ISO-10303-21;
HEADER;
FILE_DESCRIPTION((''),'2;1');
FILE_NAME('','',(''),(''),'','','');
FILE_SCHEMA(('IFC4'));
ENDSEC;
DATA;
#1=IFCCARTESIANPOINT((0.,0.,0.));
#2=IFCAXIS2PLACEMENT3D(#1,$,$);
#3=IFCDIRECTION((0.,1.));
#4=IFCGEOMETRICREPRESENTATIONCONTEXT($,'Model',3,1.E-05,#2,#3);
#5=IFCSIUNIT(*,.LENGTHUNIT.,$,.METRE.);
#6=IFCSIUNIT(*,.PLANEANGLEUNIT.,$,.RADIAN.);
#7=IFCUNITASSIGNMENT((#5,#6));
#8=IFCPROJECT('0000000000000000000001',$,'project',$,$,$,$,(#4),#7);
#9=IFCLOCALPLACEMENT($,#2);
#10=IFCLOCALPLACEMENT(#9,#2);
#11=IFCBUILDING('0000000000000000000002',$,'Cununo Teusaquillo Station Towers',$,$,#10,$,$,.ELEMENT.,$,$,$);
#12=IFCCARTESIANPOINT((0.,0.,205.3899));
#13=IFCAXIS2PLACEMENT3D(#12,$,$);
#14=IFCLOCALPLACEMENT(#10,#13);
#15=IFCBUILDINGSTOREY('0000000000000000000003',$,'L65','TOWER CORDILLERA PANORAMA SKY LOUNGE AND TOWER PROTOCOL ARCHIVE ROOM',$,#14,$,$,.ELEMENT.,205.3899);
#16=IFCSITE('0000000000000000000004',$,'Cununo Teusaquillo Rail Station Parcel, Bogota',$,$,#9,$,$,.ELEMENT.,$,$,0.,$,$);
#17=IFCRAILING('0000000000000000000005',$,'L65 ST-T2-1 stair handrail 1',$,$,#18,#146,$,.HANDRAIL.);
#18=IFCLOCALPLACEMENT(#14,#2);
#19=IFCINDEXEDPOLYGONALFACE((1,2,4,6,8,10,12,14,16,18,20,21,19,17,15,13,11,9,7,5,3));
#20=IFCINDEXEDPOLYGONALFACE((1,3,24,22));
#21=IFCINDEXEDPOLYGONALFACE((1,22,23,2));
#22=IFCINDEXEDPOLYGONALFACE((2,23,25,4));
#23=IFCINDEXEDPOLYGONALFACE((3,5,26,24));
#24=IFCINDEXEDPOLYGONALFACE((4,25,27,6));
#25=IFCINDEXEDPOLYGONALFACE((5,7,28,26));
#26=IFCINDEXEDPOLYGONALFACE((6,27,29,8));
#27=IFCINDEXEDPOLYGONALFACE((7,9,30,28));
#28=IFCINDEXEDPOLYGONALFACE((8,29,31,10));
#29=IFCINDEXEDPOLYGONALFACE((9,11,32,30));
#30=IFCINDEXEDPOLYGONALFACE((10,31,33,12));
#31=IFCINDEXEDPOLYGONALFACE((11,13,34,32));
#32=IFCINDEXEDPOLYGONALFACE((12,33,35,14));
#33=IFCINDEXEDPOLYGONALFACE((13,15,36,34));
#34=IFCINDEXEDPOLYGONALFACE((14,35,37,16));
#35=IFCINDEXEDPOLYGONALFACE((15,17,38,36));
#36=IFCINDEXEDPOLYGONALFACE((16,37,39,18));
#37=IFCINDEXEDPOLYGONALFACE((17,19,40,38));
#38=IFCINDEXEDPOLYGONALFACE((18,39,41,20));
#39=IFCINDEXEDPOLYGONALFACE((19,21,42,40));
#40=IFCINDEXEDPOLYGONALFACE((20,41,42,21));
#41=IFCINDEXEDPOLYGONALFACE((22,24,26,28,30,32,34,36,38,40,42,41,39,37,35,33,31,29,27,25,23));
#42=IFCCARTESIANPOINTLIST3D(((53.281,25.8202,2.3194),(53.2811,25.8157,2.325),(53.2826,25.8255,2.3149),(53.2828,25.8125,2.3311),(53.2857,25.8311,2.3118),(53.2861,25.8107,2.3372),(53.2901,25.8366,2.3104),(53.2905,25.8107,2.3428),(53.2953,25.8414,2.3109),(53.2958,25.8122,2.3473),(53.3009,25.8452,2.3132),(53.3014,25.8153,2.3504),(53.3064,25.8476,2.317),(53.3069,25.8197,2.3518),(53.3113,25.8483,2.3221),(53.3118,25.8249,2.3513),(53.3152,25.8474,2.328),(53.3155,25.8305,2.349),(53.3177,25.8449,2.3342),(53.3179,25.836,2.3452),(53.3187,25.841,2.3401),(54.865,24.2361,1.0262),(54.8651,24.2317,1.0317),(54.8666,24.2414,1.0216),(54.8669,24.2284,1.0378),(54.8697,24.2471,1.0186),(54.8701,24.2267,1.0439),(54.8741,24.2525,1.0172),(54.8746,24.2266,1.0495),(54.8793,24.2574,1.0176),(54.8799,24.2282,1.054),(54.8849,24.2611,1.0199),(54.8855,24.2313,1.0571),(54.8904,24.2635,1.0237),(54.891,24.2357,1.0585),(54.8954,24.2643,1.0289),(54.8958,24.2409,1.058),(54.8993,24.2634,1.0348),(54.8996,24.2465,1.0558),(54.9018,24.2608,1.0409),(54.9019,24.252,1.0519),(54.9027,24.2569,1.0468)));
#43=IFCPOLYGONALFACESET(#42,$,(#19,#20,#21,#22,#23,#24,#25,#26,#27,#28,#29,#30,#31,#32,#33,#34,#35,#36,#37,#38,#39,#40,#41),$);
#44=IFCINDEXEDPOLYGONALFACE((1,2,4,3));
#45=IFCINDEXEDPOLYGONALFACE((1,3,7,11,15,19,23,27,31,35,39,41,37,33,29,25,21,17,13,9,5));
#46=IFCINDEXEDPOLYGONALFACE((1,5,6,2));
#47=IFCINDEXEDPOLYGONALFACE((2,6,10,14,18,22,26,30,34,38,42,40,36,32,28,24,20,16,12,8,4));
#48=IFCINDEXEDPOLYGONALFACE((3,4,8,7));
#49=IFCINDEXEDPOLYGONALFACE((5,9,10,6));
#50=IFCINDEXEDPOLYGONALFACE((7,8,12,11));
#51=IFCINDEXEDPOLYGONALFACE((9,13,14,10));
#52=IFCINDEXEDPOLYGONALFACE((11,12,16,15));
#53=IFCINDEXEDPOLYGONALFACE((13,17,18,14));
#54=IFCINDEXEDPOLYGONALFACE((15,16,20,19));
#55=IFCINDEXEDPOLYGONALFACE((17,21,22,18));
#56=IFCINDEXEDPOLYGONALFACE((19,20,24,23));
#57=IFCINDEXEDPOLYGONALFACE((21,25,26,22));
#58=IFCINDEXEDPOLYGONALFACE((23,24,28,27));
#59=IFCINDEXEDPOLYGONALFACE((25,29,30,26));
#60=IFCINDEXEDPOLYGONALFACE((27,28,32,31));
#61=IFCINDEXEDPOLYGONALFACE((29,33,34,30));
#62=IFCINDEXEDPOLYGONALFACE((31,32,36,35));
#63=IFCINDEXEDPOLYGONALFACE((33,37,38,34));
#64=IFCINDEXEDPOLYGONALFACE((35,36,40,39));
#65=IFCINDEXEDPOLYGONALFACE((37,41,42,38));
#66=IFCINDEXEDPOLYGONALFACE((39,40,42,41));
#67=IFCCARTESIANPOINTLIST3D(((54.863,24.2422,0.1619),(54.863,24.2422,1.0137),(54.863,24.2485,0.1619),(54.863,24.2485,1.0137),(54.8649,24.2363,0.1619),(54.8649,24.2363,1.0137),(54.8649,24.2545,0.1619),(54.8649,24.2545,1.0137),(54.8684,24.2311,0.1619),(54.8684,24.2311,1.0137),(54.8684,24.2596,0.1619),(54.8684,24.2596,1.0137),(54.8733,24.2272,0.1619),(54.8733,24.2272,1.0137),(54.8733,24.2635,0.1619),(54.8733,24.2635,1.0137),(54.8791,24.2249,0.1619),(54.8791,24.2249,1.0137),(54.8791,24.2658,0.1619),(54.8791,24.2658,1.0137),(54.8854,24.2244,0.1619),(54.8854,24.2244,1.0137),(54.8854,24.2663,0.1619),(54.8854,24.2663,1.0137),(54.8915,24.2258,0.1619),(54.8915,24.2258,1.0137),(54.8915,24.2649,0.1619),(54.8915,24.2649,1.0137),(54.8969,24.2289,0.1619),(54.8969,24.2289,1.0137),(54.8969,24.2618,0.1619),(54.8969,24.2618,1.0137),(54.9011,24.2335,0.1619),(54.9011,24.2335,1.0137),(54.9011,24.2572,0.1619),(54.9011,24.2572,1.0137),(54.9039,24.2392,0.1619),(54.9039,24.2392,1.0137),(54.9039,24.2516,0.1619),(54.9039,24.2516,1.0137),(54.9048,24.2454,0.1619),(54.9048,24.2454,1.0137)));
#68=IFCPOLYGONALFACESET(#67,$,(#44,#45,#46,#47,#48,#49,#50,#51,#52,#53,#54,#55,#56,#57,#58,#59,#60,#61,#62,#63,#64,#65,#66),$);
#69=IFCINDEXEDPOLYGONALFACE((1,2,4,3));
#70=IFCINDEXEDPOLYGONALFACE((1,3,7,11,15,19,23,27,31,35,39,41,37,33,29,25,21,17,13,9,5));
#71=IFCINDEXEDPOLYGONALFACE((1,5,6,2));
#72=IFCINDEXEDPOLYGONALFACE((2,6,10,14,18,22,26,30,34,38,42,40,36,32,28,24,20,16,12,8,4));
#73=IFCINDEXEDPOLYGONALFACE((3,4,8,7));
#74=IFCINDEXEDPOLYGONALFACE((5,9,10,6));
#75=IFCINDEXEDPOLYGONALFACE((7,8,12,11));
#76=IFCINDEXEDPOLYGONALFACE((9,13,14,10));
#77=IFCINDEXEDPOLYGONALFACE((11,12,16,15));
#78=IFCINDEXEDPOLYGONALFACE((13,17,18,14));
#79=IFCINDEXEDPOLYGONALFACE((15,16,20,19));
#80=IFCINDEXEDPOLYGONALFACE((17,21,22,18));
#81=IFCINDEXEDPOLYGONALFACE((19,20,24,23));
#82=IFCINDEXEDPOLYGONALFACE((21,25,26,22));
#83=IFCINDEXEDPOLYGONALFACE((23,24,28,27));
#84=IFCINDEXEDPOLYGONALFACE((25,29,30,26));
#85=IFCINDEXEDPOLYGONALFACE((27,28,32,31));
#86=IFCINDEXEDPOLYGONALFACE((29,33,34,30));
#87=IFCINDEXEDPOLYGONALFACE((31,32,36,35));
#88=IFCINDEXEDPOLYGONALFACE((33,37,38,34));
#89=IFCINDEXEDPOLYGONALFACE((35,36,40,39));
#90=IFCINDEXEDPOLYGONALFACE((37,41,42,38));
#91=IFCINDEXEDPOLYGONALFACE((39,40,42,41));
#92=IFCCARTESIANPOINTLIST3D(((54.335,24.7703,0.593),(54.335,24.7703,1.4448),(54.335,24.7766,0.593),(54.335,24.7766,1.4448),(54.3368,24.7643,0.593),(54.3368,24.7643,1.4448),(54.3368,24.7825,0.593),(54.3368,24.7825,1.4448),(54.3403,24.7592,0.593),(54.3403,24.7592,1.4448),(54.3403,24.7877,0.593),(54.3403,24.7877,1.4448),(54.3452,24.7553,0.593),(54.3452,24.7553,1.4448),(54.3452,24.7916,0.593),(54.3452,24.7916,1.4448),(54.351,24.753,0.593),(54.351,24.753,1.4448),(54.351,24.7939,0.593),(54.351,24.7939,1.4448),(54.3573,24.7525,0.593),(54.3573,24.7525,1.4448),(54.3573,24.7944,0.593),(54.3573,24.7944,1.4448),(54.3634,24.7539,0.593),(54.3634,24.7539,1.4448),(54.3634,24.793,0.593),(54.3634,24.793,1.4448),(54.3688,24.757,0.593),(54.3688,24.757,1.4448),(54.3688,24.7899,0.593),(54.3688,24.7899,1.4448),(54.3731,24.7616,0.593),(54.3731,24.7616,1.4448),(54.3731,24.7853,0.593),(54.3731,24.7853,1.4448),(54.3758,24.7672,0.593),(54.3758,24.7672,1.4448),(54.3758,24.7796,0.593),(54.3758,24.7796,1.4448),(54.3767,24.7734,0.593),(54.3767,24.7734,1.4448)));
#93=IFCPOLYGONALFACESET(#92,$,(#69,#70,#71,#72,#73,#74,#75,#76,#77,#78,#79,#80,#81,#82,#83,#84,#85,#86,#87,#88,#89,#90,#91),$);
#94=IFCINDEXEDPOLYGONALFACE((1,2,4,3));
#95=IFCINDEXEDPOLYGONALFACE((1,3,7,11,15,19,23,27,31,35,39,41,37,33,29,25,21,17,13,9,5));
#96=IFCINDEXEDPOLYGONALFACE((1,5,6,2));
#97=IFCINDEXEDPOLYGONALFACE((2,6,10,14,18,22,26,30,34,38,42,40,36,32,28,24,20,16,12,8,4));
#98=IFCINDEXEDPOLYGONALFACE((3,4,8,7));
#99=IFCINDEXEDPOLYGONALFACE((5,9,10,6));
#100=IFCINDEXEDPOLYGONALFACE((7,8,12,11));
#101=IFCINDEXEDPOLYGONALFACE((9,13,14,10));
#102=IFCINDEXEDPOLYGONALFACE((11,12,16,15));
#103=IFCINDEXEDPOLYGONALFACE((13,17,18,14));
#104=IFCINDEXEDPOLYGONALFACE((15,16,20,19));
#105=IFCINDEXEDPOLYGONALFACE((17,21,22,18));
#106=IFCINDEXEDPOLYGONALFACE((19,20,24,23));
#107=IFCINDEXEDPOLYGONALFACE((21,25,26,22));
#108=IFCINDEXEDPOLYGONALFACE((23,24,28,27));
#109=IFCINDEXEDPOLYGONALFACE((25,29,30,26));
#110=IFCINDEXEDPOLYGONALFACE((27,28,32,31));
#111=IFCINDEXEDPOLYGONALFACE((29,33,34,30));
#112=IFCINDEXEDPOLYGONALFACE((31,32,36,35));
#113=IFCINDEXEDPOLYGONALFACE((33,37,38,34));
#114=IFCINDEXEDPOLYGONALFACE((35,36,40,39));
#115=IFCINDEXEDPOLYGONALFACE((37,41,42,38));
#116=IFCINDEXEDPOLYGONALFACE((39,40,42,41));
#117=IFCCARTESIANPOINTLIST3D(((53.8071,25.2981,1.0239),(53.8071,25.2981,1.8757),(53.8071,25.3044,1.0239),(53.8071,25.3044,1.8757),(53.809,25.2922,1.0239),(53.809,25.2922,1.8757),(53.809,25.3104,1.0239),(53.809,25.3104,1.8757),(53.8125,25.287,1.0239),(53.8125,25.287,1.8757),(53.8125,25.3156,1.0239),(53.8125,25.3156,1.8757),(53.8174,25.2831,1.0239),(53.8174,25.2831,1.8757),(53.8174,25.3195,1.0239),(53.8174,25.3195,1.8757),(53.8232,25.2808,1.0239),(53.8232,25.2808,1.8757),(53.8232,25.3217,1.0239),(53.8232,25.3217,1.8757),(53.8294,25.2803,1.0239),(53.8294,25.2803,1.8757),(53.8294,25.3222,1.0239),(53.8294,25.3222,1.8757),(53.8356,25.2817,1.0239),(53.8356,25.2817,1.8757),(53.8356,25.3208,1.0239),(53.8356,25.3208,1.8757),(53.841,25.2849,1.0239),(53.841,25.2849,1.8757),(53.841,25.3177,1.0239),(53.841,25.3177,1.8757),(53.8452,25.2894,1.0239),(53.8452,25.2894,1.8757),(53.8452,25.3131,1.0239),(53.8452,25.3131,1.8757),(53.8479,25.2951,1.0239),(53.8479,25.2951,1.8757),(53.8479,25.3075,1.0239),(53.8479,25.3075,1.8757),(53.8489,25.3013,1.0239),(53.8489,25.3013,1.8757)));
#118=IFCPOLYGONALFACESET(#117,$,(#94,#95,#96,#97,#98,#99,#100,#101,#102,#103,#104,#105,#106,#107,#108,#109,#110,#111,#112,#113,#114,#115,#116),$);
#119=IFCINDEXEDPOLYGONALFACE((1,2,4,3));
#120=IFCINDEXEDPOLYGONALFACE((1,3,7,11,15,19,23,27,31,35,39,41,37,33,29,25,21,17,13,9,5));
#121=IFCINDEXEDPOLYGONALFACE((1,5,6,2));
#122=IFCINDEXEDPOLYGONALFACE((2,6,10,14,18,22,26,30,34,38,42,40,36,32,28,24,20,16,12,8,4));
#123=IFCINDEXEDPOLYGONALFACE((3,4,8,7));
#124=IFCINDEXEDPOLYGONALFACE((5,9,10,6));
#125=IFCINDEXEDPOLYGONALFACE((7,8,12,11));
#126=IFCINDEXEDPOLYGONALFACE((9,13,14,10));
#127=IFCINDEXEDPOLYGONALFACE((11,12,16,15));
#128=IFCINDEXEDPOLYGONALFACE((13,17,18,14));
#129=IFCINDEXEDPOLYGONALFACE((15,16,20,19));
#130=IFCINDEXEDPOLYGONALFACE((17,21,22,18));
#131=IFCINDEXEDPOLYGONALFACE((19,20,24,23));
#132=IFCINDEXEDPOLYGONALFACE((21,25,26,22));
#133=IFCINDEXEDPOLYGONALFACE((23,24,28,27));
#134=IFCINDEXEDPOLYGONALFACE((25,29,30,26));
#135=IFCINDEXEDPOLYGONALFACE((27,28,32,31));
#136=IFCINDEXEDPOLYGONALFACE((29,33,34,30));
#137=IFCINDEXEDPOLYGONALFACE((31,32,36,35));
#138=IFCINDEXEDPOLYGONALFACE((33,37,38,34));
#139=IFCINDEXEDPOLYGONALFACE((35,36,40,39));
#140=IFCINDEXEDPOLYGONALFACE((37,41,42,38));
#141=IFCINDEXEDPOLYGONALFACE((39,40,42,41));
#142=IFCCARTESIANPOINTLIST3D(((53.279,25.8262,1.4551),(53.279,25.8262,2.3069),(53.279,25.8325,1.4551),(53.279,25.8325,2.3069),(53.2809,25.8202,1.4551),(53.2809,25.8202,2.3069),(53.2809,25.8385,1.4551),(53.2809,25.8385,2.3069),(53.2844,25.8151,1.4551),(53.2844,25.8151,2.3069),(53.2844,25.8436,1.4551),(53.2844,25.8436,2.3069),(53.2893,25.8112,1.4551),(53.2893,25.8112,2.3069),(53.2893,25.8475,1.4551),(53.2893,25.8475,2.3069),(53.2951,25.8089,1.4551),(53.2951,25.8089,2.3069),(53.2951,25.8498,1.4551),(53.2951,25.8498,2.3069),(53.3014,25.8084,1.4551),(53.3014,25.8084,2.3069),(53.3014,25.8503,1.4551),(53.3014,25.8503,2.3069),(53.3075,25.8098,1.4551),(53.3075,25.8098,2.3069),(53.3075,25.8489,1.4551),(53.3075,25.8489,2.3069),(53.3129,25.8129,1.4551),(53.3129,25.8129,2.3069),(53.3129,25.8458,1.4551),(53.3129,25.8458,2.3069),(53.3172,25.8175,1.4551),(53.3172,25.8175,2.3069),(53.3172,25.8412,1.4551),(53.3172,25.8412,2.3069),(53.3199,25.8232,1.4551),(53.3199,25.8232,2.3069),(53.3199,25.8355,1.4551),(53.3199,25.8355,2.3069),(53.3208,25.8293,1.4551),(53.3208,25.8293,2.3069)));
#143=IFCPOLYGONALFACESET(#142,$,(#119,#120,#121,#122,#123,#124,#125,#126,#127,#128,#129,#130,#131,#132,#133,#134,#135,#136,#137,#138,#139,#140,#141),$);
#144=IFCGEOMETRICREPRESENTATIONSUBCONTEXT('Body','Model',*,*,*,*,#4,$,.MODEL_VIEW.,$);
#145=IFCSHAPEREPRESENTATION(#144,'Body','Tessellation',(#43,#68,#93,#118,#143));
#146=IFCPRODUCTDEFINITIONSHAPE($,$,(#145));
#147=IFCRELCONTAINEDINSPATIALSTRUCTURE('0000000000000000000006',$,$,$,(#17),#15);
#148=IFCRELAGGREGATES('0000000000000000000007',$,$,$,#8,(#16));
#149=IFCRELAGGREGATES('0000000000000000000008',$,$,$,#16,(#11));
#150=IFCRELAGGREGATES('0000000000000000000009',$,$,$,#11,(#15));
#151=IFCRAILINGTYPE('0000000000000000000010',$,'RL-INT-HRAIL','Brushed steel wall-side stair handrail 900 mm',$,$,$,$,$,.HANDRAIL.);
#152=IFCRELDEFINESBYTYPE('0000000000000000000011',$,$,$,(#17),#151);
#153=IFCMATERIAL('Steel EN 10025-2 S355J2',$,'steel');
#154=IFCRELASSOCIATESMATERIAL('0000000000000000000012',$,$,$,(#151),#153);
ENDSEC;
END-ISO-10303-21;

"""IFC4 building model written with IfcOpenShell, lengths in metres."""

from ifc_helpers import new_model, si_unit, direction, frame, origin, origin_2d, place, context, subcontext, project, spatial, circle, extrude, material, type_object, element, save


model = new_model("IFC4")

# Units and contexts
model_context = context("Model", 3, precision=1e-05, world=origin(), true_north=direction((0.0, 1.0)))
body_context = subcontext(model_context, "Body", "Model", "MODEL_VIEW")
ifc_project = project(units=[si_unit("LENGTHUNIT", "METRE"), si_unit("PLANEANGLEUNIT", "RADIAN")], contexts=[model_context])

# Site, building, storey
site_placement = place(None, origin())
site = spatial("IfcSite", under=ifc_project, at=site_placement, Name="Cununo Teusaquillo Rail Station Parcel, Bogota", CompositionType="ELEMENT", RefElevation=0.0)
building_placement = place(site_placement, origin())
building = spatial("IfcBuilding", under=site, at=building_placement, Name="Cununo Teusaquillo Station Towers", CompositionType="ELEMENT")
storey_placement = place(building_placement, frame((0.0, 0.0, 205.3899)))
storey = spatial("IfcBuildingStorey", under=building, at=storey_placement, Name="L65", Description="TOWER CORDILLERA PANORAMA SKY LOUNGE AND TOWER PROTOCOL ARCHIVE ROOM", CompositionType="ELEMENT", Elevation=205.3899)

# Railing
ifc_material_1 = material(Name="Steel EN 10025-2 S355J2", Category="steel")
railing_type_1 = type_object("IfcRailingType", Name="RL-INT-HRAIL", Description="Brushed steel wall-side stair handrail 900 mm", PredefinedType="HANDRAIL", material=ifc_material_1)
railing_1_placement = place(storey_placement, frame((54.8838, 24.2454, 0.1619)))
element("IfcRailing", 1, at=railing_1_placement, inside=storey, type_object=railing_type_1, Name="L65 ST-T2-1 stair handrail 1", PredefinedType="HANDRAIL", context=body_context, shape_type="SweptSolid", body=[
    extrude(circle(Radius=0.0239, at=origin_2d()), frame((0.0, 0.0, 0.876), z_axis=(-0.612385, 0.612385, 0.49997), x_axis=(-0.707107, -0.707107, 0.0)), (0.0, 0.0, 1.0), 2.5867),
    extrude(circle(Radius=0.021, at=origin_2d()), origin(), (0.0, 0.0, 1.0), 0.8518),
    extrude(circle(Radius=0.021, at=origin_2d()), frame((-0.5281, 0.5281, 0.4312)), (0.0, 0.0, 1.0), 0.8518),
    extrude(circle(Radius=0.021, at=origin_2d()), frame((-1.0559, 1.0559, 0.8621)), (0.0, 0.0, 1.0), 0.8518),
    extrude(circle(Radius=0.021, at=origin_2d()), frame((-1.584, 1.584, 1.2932)), (0.0, 0.0, 1.0), 0.8518),
])

save(model, "model.ifc")
